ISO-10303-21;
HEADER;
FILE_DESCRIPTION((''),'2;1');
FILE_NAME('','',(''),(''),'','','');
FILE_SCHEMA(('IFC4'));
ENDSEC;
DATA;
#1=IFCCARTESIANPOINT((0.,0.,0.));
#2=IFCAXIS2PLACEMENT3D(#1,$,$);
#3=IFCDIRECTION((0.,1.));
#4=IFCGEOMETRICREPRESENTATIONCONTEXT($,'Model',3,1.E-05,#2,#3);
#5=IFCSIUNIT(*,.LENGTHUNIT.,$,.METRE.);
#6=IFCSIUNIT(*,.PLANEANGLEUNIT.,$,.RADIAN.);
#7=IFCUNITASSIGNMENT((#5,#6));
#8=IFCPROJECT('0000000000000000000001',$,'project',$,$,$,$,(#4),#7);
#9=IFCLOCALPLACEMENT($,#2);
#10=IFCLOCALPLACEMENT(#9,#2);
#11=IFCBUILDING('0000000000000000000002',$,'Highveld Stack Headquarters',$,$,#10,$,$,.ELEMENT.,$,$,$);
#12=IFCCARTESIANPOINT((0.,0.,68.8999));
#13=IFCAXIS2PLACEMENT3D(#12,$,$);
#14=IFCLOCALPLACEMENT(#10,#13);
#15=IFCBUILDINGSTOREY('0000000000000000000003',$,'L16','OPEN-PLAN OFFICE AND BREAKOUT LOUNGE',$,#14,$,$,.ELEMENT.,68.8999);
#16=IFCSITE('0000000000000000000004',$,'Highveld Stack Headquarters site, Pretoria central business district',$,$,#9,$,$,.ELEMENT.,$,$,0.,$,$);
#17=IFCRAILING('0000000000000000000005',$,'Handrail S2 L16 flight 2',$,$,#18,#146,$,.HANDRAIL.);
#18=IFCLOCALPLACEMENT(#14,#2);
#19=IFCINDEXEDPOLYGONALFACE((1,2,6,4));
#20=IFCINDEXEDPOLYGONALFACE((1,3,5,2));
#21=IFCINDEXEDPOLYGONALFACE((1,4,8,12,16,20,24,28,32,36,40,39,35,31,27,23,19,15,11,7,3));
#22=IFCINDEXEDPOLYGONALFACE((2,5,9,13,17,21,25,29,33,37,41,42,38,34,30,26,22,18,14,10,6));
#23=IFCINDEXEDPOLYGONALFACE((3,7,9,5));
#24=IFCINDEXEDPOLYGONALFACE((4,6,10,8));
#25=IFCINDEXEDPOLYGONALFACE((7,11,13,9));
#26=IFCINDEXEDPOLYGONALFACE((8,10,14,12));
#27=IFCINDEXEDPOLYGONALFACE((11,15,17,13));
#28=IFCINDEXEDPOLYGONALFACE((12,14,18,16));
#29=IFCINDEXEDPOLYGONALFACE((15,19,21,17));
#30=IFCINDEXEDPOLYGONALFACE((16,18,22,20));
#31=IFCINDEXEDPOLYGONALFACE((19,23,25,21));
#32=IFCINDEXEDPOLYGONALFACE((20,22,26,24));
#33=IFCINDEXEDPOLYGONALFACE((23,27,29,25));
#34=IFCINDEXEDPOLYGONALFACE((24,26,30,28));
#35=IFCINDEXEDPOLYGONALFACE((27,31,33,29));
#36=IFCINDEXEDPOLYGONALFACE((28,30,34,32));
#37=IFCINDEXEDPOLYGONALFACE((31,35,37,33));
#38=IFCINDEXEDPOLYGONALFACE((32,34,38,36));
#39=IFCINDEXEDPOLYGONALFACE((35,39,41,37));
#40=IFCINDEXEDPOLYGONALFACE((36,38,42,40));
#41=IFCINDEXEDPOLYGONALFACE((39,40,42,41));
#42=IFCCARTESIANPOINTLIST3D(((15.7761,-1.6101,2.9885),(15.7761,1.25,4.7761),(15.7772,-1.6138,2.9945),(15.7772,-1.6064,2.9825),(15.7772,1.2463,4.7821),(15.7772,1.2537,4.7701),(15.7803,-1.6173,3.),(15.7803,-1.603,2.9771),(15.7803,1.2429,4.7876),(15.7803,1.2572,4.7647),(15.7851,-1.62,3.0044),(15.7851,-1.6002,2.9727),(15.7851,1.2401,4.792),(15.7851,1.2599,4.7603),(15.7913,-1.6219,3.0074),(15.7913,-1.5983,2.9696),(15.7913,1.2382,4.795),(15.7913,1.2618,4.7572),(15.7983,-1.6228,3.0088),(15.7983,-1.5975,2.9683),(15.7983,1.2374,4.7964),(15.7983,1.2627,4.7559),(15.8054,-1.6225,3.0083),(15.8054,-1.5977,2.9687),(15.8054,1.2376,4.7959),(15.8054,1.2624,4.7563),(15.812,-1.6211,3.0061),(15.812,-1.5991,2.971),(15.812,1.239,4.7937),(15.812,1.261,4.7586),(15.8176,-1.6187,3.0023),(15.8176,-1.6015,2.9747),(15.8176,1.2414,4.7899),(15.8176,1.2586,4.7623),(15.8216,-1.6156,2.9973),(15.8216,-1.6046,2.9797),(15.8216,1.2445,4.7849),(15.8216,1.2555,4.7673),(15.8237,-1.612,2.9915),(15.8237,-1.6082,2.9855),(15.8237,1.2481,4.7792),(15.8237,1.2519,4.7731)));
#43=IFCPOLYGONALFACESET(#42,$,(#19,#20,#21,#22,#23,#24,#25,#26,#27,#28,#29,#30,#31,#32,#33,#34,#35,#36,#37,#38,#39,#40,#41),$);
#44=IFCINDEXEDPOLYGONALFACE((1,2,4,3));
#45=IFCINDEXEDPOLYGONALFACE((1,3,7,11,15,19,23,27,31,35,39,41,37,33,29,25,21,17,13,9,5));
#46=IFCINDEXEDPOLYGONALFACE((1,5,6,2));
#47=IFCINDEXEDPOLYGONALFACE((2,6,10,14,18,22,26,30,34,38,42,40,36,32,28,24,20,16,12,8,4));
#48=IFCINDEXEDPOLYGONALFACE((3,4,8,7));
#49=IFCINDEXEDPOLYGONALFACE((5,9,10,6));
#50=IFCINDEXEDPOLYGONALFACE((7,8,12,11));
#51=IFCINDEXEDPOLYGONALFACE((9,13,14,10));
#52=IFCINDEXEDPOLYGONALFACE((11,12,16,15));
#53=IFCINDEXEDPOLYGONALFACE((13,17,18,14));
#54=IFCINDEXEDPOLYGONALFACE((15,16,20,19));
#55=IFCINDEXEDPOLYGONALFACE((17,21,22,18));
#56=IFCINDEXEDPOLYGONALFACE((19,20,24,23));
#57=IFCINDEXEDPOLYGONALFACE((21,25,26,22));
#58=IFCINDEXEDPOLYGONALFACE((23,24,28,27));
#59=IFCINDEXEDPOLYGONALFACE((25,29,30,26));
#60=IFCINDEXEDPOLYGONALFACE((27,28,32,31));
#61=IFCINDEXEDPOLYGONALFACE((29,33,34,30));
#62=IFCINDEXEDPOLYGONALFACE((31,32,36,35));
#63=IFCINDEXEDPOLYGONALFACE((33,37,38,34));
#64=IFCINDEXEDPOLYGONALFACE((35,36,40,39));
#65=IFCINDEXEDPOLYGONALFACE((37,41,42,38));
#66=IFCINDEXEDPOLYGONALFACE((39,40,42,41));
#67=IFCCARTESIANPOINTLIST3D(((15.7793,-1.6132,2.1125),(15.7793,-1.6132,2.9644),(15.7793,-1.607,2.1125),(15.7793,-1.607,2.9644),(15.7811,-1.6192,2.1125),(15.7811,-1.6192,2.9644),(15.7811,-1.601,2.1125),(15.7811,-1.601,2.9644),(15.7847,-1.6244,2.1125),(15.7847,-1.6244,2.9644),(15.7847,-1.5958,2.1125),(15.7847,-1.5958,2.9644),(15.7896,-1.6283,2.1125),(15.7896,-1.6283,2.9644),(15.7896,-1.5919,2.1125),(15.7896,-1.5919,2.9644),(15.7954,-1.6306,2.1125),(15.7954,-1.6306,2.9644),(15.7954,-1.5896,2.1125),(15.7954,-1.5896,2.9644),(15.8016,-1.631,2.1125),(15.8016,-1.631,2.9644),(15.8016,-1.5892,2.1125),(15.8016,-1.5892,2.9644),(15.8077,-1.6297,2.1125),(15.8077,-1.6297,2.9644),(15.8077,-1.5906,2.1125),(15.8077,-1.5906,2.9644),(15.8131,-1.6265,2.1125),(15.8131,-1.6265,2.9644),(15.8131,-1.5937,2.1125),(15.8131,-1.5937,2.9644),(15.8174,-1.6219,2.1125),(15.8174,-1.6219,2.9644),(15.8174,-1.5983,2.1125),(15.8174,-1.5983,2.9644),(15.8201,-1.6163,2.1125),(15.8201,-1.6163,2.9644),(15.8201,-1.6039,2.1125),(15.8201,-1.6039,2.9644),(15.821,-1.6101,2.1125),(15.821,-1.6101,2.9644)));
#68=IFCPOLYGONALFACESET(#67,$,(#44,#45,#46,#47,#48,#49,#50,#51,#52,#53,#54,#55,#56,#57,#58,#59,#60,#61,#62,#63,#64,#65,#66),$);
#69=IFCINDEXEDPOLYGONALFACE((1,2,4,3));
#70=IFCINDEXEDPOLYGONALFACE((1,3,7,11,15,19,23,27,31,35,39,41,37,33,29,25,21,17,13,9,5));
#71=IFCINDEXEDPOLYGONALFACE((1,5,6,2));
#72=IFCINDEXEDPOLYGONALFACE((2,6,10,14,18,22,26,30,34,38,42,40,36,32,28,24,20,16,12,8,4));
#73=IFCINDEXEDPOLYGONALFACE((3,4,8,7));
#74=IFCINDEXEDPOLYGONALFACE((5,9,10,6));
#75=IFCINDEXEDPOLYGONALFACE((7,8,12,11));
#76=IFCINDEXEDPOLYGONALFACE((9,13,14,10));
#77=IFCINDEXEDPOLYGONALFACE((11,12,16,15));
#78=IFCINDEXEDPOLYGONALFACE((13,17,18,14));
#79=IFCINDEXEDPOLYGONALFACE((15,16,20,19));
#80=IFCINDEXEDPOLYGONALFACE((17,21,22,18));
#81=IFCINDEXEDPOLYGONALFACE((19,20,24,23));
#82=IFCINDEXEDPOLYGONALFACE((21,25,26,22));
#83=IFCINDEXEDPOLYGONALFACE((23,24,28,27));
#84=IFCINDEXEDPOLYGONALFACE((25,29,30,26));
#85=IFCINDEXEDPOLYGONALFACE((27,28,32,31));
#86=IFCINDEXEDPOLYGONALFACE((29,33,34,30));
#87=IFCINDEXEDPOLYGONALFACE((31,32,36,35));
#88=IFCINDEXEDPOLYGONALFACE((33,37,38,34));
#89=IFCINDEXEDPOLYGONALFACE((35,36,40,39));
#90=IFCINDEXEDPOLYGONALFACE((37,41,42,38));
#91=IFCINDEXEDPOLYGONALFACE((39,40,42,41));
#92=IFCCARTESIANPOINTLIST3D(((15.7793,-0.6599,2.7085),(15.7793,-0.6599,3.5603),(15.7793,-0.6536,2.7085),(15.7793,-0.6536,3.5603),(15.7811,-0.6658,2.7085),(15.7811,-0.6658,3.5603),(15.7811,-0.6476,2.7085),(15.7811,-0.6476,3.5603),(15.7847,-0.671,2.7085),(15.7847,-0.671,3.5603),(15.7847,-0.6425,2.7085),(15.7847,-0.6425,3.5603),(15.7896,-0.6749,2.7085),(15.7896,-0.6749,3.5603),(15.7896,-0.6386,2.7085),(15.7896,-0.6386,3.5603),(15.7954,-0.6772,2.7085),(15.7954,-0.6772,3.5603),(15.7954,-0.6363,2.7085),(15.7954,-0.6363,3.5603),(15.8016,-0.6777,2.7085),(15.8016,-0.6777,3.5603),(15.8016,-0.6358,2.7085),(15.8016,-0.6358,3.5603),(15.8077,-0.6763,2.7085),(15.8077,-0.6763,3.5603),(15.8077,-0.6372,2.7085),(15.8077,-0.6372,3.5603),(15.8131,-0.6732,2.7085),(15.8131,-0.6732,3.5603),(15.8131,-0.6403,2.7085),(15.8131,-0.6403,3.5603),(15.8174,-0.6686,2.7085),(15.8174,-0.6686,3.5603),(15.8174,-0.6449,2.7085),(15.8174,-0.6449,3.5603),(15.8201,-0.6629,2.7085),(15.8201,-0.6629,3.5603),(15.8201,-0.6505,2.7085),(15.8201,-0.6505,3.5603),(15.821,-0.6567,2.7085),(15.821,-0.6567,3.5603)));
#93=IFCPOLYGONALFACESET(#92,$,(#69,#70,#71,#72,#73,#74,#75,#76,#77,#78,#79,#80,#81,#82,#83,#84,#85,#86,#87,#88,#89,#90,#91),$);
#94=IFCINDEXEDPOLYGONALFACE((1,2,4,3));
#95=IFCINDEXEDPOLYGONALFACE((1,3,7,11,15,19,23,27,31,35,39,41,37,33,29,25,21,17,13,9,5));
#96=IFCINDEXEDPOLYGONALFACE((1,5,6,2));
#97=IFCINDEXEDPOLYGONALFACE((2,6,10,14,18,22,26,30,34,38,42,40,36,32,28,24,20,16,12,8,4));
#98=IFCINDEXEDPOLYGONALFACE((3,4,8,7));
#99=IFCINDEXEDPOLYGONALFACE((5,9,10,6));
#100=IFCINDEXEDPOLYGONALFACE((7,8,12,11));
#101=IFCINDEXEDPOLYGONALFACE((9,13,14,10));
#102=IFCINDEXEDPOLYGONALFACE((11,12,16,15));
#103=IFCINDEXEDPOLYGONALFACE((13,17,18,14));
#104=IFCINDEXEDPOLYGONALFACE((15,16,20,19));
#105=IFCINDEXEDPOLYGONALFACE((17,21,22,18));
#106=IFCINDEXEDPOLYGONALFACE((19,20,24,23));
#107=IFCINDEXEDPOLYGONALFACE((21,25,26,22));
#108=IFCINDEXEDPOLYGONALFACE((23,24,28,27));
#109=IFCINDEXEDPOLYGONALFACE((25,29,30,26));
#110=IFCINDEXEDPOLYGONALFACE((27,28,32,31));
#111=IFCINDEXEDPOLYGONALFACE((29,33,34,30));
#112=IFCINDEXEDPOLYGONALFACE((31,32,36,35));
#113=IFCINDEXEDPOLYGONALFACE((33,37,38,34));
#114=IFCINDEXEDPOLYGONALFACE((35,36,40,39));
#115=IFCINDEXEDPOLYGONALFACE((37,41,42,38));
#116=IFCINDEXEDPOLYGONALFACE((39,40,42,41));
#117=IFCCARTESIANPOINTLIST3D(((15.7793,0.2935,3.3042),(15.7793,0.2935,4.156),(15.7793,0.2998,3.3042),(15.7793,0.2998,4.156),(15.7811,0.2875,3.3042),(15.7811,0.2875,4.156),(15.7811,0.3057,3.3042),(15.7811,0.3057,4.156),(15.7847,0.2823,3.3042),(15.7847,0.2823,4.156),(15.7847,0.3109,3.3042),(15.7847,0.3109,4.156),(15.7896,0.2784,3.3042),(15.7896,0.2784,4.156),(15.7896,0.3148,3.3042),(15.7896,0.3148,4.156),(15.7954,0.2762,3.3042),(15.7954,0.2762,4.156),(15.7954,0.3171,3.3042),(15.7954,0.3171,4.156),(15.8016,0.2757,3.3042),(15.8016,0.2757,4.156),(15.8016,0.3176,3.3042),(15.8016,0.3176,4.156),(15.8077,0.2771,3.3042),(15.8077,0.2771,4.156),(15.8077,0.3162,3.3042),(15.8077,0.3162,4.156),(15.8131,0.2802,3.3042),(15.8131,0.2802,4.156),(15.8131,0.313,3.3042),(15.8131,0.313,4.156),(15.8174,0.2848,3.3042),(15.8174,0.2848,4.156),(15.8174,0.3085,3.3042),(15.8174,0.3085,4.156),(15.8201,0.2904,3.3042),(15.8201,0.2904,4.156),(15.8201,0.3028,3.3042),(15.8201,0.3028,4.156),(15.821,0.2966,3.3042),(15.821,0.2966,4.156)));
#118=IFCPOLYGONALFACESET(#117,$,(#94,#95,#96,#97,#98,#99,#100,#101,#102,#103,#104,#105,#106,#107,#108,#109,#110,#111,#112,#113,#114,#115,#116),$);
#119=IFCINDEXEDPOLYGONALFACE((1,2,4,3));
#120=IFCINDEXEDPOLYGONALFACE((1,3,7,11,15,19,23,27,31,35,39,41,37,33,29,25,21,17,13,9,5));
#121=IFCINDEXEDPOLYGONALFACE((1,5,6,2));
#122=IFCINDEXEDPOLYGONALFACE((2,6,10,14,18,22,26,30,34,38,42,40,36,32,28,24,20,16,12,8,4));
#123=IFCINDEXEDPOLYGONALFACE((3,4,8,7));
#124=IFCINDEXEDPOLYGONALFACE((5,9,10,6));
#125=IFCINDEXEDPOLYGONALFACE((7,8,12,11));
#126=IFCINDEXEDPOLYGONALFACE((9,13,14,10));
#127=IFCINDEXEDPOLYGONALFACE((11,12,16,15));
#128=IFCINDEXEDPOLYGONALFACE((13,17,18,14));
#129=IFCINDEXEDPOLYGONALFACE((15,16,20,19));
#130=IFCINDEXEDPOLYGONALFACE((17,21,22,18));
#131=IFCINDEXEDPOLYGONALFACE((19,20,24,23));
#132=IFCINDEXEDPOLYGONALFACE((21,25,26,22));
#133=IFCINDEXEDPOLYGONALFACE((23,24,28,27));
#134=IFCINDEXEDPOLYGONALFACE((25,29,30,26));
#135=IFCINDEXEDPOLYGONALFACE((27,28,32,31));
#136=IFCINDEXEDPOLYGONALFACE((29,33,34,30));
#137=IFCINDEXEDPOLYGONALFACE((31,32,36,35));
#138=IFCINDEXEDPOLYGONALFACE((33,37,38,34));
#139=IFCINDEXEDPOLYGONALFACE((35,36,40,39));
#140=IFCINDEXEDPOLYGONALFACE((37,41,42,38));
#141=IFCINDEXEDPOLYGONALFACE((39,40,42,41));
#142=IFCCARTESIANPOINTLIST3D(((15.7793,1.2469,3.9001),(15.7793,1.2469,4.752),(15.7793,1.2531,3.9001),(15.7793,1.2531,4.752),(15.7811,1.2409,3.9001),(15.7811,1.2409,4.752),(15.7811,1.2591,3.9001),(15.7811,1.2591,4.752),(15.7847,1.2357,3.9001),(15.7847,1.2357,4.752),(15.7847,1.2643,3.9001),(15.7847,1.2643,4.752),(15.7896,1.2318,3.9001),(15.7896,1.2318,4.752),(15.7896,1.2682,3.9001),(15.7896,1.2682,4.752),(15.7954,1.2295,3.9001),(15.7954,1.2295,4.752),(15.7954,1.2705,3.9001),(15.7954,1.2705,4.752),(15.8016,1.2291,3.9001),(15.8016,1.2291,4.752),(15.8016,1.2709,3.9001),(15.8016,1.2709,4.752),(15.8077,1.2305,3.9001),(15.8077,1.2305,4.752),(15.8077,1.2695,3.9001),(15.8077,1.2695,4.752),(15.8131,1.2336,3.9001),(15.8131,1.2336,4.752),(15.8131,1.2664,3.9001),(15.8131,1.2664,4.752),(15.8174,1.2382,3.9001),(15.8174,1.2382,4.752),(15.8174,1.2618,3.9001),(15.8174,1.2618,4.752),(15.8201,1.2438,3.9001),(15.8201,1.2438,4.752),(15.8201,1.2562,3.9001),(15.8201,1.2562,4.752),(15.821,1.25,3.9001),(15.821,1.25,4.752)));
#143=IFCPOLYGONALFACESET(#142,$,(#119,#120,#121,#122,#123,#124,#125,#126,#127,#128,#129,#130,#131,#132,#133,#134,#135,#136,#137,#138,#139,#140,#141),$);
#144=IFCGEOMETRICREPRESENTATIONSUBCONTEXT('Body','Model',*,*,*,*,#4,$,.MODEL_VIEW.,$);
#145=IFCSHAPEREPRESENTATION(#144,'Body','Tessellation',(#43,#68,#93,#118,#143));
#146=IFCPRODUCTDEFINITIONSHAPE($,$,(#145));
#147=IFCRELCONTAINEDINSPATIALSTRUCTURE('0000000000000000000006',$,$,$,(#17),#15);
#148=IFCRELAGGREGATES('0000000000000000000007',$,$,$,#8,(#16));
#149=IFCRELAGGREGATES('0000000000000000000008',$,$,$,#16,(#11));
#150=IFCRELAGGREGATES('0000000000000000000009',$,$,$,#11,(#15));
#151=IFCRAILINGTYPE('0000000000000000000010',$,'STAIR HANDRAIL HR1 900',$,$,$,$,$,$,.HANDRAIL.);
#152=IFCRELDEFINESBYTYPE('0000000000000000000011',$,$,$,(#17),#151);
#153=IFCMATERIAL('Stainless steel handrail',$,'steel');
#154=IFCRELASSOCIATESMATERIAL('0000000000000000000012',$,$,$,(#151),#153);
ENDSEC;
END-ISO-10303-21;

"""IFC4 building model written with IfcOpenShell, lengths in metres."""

from ifc_helpers import new_model, si_unit, direction, frame, origin, origin_2d, place, context, subcontext, project, spatial, circle, extrude, material, type_object, element, save


model = new_model("IFC4")

# Units and contexts
model_context = context("Model", 3, precision=1e-05, world=origin(), true_north=direction((0.0, 1.0)))
body_context = subcontext(model_context, "Body", "Model", "MODEL_VIEW")
ifc_project = project(units=[si_unit("LENGTHUNIT", "METRE"), si_unit("PLANEANGLEUNIT", "RADIAN")], contexts=[model_context])

# Site, building, storey
site_placement = place(None, origin())
site = spatial("IfcSite", under=ifc_project, at=site_placement, Name="Highveld Stack Headquarters site, Pretoria central business district", CompositionType="ELEMENT", RefElevation=0.0)
building_placement = place(site_placement, origin())
building = spatial("IfcBuilding", under=site, at=building_placement, Name="Highveld Stack Headquarters", CompositionType="ELEMENT")
storey_placement = place(building_placement, frame((0.0, 0.0, 68.8999)))
storey = spatial("IfcBuildingStorey", under=building, at=storey_placement, Name="L16", Description="OPEN-PLAN OFFICE AND BREAKOUT LOUNGE", CompositionType="ELEMENT", Elevation=68.8999)

# Railing
ifc_material_1 = material(Name="Stainless steel handrail", Category="steel")
railing_type = type_object("IfcRailingType", Name="STAIR HANDRAIL HR1 900", PredefinedType="HANDRAIL", material=ifc_material_1)
for number, where, name in (
    (1, (15.8, -1.6101, 2.1125), "Handrail S2 L16 flight 2"),
):
    element("IfcRailing", number, at=place(storey_placement, frame(where)), inside=storey, type_object=railing_type, Name=name, PredefinedType="HANDRAIL", context=body_context, shape_type="SweptSolid", body=[
        extrude(circle(Radius=0.0239, at=origin_2d()), frame((0.0, 0.0, 0.876), z_axis=(0.0, 0.847994, 0.530005), x_axis=(-1.0, 0.0, 0.0)), (0.0, 0.0, 1.0), 3.3728),
        extrude(circle(Radius=0.021, at=origin_2d()), origin(), (0.0, 0.0, 1.0), 0.8518),
        extrude(circle(Radius=0.021, at=origin_2d()), frame((0.0, 0.9534, 0.5959)), (0.0, 0.0, 1.0), 0.8518),
        extrude(circle(Radius=0.021, at=origin_2d()), frame((0.0, 1.9067, 1.1917)), (0.0, 0.0, 1.0), 0.8518),
        extrude(circle(Radius=0.021, at=origin_2d()), frame((0.0, 2.8601, 1.7876)), (0.0, 0.0, 1.0), 0.8518),
    ])

save(model, "model.ifc")
